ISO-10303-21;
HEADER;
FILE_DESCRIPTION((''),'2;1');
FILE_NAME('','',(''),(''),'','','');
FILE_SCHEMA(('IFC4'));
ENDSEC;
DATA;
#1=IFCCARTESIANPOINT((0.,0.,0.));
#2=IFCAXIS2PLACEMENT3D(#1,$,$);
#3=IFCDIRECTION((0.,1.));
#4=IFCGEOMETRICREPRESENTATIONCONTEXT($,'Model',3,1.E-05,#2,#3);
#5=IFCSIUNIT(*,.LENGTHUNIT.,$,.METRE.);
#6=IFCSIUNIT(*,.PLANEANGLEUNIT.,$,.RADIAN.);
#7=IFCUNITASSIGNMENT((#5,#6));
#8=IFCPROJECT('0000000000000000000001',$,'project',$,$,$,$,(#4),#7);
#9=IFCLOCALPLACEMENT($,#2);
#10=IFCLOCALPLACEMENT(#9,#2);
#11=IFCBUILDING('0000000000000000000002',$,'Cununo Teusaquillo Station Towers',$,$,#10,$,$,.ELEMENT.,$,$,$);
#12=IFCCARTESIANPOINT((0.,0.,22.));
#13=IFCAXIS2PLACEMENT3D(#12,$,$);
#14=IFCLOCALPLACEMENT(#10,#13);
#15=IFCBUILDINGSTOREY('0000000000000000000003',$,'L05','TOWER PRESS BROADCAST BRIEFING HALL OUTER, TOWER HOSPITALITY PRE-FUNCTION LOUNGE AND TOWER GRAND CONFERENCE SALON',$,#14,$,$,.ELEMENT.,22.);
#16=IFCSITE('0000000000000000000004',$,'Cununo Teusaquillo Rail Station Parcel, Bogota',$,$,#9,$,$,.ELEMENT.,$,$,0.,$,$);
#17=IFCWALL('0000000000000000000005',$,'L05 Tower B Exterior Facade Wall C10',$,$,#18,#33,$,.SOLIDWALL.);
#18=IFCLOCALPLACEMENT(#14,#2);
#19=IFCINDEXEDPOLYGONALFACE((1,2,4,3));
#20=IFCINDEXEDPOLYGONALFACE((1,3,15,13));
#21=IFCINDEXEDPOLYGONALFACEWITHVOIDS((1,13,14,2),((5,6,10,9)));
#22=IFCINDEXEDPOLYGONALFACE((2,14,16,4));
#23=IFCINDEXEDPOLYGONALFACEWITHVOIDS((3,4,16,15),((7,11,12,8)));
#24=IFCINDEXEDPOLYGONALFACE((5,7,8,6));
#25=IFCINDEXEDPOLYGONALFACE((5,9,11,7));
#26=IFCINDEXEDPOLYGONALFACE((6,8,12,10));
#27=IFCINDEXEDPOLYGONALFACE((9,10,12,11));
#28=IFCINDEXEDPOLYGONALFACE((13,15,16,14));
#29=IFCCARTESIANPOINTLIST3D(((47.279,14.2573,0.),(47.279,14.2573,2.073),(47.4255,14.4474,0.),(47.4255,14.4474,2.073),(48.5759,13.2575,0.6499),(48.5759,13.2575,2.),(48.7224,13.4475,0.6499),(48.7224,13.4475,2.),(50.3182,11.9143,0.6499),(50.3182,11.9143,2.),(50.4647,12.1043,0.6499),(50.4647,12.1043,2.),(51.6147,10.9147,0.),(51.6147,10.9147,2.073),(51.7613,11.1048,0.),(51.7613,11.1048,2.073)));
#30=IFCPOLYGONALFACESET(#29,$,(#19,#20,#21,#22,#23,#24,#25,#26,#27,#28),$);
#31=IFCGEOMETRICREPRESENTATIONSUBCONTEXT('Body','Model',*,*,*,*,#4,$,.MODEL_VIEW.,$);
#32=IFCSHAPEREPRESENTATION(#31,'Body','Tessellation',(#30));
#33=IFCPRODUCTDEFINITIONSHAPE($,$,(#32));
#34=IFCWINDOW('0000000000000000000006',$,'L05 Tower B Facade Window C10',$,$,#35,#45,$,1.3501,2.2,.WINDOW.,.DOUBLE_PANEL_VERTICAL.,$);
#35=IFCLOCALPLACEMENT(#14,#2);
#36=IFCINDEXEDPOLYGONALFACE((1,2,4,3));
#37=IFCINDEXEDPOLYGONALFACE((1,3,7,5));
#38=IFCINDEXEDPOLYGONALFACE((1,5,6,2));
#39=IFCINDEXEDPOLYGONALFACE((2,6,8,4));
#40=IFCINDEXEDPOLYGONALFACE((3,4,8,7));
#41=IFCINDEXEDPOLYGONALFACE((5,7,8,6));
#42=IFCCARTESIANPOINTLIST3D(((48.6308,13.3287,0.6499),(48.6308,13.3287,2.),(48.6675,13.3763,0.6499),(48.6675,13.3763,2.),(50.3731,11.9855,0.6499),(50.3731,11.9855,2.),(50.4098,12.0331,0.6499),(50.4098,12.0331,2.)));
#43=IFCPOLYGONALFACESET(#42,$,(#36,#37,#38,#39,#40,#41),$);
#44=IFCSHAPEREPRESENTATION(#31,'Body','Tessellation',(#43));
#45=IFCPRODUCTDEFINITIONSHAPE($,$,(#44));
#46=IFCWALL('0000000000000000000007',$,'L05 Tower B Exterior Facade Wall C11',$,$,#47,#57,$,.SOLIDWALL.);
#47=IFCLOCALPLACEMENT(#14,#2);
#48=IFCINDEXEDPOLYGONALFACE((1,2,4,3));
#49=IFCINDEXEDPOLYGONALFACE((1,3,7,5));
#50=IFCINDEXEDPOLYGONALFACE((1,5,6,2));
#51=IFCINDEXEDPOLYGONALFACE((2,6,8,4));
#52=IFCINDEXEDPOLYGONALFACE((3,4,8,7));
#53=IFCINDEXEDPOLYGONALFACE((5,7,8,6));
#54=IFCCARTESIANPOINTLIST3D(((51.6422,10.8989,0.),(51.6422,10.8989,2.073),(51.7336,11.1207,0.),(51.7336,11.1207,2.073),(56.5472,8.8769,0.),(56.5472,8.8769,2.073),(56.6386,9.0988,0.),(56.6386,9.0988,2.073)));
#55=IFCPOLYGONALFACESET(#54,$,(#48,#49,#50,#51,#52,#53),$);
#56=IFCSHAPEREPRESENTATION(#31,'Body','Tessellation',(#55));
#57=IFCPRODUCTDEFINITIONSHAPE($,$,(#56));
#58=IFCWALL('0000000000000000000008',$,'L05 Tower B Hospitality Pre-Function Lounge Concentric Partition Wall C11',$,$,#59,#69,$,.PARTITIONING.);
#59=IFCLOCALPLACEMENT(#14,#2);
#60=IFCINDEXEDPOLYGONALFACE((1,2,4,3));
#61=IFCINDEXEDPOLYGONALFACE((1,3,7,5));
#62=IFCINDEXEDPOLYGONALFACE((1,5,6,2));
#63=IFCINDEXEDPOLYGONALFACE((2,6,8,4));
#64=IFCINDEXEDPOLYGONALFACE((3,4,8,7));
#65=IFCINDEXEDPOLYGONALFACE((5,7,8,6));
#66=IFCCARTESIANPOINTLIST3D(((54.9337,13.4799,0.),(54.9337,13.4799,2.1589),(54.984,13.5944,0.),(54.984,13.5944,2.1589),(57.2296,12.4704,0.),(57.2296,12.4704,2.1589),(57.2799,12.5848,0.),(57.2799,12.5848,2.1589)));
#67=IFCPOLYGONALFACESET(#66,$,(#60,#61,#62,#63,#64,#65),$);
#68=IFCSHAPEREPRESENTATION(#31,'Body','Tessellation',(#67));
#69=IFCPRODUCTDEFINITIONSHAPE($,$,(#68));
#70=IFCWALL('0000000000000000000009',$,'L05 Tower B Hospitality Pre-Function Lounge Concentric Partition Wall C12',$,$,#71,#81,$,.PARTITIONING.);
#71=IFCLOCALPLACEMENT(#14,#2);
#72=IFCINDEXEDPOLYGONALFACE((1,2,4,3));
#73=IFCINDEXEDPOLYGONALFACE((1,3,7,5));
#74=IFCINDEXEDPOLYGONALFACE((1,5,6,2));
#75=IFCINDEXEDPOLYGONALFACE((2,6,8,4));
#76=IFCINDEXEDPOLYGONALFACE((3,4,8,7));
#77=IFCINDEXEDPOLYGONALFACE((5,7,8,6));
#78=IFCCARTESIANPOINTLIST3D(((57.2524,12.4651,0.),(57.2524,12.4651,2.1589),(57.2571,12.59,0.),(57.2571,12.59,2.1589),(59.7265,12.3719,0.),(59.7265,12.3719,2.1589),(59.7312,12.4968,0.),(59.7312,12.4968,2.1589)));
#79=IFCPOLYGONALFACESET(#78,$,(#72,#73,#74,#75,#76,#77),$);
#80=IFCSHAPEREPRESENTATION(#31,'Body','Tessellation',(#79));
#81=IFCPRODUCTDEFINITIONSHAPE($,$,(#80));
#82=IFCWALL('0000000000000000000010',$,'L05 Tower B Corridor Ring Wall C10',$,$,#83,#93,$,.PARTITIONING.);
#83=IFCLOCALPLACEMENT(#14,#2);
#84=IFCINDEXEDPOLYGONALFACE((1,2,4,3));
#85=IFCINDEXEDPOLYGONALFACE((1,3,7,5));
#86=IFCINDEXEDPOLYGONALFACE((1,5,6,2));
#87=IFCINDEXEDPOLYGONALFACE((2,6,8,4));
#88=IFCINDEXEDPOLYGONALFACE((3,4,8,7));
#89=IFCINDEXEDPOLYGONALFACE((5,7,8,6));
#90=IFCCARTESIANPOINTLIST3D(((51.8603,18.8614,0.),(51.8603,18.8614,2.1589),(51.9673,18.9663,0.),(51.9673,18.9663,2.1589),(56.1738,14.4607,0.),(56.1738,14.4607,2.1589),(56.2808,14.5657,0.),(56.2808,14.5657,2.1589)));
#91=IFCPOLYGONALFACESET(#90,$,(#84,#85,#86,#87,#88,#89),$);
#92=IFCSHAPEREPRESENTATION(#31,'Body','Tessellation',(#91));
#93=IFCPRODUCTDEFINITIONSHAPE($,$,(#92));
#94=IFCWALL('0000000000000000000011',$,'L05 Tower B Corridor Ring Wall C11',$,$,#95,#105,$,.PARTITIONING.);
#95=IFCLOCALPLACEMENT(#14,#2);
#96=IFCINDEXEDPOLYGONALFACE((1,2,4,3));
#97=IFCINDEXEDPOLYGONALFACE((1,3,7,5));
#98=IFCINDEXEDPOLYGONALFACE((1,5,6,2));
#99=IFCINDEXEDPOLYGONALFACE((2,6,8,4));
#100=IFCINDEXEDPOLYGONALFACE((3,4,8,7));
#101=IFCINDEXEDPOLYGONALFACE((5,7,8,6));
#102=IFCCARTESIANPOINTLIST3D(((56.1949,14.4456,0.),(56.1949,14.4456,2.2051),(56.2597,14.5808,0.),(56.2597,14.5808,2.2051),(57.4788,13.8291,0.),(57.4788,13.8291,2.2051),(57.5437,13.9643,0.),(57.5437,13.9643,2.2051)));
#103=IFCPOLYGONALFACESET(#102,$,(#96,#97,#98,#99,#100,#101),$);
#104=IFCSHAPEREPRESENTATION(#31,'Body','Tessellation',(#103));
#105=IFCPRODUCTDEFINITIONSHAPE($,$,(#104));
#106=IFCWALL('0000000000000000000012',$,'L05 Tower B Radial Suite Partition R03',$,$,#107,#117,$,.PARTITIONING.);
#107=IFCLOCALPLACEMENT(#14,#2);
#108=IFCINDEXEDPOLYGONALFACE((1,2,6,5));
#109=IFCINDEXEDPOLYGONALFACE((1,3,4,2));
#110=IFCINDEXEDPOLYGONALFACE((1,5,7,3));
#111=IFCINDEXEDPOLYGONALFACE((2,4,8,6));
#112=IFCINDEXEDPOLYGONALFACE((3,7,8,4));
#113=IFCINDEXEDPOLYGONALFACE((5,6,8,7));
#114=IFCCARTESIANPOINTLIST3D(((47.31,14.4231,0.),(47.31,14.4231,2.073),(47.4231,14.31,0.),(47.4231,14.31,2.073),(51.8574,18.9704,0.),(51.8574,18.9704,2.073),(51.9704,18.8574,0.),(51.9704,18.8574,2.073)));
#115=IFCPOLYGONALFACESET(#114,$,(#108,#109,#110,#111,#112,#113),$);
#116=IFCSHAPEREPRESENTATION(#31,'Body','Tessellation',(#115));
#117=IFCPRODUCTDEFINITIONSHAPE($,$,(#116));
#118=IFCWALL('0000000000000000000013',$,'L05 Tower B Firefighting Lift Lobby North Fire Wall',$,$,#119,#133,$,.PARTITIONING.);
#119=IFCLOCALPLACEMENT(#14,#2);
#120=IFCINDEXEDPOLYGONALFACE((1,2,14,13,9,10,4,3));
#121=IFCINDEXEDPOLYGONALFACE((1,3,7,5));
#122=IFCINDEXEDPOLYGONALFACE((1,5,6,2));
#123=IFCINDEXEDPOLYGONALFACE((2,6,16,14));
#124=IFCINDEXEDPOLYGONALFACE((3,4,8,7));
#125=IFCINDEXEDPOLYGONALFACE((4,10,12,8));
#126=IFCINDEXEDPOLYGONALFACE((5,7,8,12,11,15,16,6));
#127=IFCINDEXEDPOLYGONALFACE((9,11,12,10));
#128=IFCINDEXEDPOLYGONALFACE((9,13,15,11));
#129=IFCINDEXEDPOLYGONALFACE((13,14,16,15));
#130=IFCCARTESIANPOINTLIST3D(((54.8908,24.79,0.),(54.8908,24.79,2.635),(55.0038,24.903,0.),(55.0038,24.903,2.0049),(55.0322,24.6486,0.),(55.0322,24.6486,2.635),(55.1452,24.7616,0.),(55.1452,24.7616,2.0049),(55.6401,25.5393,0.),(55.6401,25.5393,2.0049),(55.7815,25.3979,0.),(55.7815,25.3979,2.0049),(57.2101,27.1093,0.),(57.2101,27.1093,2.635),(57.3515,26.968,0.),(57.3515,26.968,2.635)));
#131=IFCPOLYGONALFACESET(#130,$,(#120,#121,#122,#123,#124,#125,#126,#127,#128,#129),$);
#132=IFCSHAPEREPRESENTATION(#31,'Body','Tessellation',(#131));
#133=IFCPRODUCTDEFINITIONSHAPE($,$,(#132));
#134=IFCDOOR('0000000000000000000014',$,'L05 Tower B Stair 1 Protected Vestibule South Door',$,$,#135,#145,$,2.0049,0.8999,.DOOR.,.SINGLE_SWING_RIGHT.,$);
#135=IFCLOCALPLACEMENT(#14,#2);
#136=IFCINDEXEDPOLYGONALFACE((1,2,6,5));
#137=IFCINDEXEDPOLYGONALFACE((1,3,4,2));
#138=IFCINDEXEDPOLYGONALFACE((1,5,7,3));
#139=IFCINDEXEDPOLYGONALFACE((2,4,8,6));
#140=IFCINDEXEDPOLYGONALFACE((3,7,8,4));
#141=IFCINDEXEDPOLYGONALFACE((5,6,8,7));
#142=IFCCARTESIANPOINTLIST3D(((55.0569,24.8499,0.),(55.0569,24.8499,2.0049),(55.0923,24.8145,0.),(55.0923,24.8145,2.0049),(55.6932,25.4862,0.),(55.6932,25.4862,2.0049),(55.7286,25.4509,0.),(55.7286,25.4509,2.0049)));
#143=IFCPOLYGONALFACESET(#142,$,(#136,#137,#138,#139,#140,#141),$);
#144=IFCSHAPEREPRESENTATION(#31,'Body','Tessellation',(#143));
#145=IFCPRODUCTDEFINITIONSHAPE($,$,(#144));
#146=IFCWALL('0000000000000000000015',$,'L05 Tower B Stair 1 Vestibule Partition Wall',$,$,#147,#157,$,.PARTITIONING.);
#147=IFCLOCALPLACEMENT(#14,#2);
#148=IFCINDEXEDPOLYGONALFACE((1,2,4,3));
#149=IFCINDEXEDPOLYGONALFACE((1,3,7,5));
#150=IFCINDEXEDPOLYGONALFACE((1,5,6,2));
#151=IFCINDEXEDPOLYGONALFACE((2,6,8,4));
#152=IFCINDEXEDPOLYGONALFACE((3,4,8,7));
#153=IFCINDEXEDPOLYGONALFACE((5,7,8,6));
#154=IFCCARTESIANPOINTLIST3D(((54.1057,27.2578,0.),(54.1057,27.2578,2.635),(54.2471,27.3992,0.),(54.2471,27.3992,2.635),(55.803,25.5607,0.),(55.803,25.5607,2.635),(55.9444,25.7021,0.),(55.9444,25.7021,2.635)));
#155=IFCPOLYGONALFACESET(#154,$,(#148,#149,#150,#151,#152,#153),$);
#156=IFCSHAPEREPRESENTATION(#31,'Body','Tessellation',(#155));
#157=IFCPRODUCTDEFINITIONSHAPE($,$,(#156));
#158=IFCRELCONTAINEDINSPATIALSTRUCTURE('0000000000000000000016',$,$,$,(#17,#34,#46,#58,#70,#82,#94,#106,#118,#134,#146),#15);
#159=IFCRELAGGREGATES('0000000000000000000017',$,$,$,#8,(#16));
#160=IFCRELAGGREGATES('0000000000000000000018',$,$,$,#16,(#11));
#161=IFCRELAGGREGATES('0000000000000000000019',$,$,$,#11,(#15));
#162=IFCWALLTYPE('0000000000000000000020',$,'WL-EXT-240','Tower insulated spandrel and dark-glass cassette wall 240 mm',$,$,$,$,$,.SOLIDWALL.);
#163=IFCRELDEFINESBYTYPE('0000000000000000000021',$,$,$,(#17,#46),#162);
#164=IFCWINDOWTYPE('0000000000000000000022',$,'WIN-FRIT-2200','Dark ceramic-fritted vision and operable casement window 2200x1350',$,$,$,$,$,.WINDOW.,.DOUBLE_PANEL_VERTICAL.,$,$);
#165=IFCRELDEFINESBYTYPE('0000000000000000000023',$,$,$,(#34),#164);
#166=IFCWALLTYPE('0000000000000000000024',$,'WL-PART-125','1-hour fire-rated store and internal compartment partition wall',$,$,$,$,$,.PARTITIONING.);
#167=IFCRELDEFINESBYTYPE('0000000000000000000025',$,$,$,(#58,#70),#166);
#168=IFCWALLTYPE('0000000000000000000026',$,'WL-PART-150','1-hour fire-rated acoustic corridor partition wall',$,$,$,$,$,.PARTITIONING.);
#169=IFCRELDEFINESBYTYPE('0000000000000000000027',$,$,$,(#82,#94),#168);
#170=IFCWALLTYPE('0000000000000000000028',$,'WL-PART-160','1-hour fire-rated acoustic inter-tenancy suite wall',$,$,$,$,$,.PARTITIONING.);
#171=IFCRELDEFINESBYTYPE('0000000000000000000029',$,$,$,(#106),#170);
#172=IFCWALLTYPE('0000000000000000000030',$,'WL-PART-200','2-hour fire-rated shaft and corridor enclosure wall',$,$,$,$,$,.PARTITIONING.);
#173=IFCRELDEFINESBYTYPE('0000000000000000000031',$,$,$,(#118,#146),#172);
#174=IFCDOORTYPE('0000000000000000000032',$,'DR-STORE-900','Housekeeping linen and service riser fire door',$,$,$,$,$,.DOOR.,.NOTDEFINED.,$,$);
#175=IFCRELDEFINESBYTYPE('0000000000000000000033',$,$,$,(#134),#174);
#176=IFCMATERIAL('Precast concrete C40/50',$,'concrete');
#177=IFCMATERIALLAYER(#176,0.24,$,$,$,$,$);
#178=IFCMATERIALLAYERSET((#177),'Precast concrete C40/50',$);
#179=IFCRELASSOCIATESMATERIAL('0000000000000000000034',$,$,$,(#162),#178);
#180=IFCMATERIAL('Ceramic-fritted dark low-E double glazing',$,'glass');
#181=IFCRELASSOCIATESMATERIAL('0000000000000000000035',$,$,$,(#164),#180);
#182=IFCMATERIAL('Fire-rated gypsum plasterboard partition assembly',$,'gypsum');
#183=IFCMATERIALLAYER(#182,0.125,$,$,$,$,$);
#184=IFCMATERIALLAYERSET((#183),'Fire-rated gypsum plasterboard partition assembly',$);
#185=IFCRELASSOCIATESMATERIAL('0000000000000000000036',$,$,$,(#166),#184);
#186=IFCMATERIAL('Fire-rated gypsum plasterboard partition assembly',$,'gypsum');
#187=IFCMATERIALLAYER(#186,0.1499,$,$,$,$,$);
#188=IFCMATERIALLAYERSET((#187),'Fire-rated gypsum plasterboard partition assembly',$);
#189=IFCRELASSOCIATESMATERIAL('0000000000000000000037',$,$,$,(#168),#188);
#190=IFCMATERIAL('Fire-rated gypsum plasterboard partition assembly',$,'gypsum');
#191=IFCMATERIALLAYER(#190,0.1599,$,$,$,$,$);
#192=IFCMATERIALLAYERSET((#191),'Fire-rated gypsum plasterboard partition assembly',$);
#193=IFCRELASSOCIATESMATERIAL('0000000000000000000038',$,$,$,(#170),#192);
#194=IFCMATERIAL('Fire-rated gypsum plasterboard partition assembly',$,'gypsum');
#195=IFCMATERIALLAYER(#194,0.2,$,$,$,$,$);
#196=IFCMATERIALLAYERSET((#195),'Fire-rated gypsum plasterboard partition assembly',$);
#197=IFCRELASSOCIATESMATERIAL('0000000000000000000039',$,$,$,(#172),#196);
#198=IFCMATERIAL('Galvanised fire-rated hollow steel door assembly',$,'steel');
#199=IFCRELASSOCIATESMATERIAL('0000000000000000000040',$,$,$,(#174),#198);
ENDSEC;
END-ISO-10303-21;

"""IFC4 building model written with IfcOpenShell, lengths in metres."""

from ifc_helpers import new_model, si_unit, direction, frame, frame_2d, origin, place, context, subcontext, project, spatial, rectangle, extrude, source, transform, mapped, material, layer, layer_set, type_object, element, fill, save


model = new_model("IFC4")

# Units and contexts
model_context = context("Model", 3, precision=1e-05, world=origin(), true_north=direction((0.0, 1.0)))
body_context = subcontext(model_context, "Body", "Model", "MODEL_VIEW")
ifc_project = project(units=[si_unit("LENGTHUNIT", "METRE"), si_unit("PLANEANGLEUNIT", "RADIAN")], contexts=[model_context])

# Site, building, storey
site_placement = place(None, origin())
site = spatial("IfcSite", under=ifc_project, at=site_placement, Name="Cununo Teusaquillo Rail Station Parcel, Bogota", CompositionType="ELEMENT", RefElevation=0.0)
building_placement = place(site_placement, origin())
building = spatial("IfcBuilding", under=site, at=building_placement, Name="Cununo Teusaquillo Station Towers", CompositionType="ELEMENT")
storey_placement = place(building_placement, frame((0.0, 0.0, 22.0)))
storey = spatial("IfcBuildingStorey", under=building, at=storey_placement, Name="L05", Description="TOWER PRESS BROADCAST BRIEFING HALL OUTER, TOWER HOSPITALITY PRE-FUNCTION LOUNGE AND TOWER GRAND CONFERENCE SALON", CompositionType="ELEMENT", Elevation=22.0)

# Wall, opening, window
ifc_material_1 = material(Name="Precast concrete C40/50", Category="concrete")
ifc_layer_1 = layer(ifc_material_1, 0.24)
ifc_layer_set_1 = layer_set([ifc_layer_1], Name="Precast concrete C40/50")
wall_type_1 = type_object("IfcWallType", Name="WL-EXT-240", Description="Tower insulated spandrel and dark-glass cassette wall 240 mm", PredefinedType="SOLIDWALL", material=ifc_layer_set_1)
wall_1_placement = place(storey_placement, frame((51.688, 11.0098, 0.0), z_axis=(0.0, 0.0, 1.0), x_axis=(-0.791972, 0.610557, 0.0)))
wall_1 = element("IfcWall", 1, at=wall_1_placement, inside=storey, type_object=wall_type_1, Name="L05 Tower B Exterior Facade Wall C10", PredefinedType="SOLIDWALL", context=body_context, shape_type="SweptSolid", body=[
    extrude(rectangle(XDim=5.4746, YDim=0.24, at=frame_2d((2.7373, 0.0))), origin(), (0.0, 0.0, 1.0), 2.073),
])
shared_shape_1 = source(origin(), body_context, "Body", "SweptSolid", [
    extrude(rectangle(XDim=2.2, YDim=1.3501, at=frame_2d((1.1001, 0.675))), frame((0.0, 0.1299, 0.0), z_axis=(0.0, -1.0, 0.0), x_axis=(1.0, 0.0, 0.0)), (0.0, 0.0, 1.0), 0.26),
])
opening_1_placement = place(wall_1_placement, frame((1.637, 0.0, 0.6499)))
opening_1 = element("IfcOpeningElement", 2, at=opening_1_placement, cuts=wall_1, PredefinedType="OPENING", context=body_context, shape_type="MappedRepresentation", body=[
    mapped(shared_shape_1, transform((0.0, 0.0, 0.0), x_axis=(1.0, 0.0, 0.0), y_axis=(0.0, 1.0, 0.0), z_axis=(0.0, 0.0, 1.0), scale=1.0)),
])
ifc_material_2 = material(Name="Ceramic-fritted dark low-E double glazing", Category="glass")
window_type = type_object("IfcWindowType", Name="WIN-FRIT-2200", Description="Dark ceramic-fritted vision and operable casement window 2200x1350", PartitioningType="DOUBLE_PANEL_VERTICAL", PredefinedType="WINDOW", material=ifc_material_2)
shared_shape_2 = source(origin(), body_context, "Body", "SweptSolid", [
    extrude(rectangle(XDim=2.2, YDim=1.3501, at=frame_2d((1.1001, 0.675))), frame((0.0, 0.03, 0.0), z_axis=(0.0, -1.0, 0.0), x_axis=(1.0, 0.0, 0.0)), (0.0, 0.0, 1.0), 0.0601),
])
window_placement = place(opening_1_placement, origin())
window = element("IfcWindow", 3, at=window_placement, inside=storey, type_object=window_type, Name="L05 Tower B Facade Window C10", OverallHeight=1.3501, OverallWidth=2.2, PartitioningType="DOUBLE_PANEL_VERTICAL", PredefinedType="WINDOW", context=body_context, shape_type="MappedRepresentation", body=[
    mapped(shared_shape_2, transform((0.0, 0.0, 0.0), x_axis=(1.0, 0.0, 0.0), y_axis=(0.0, 1.0, 0.0), z_axis=(0.0, 0.0, 1.0), scale=1.0)),
])
fill(opening_1, window)

# Walls
wall_2_placement = place(storey_placement, frame((56.593, 8.9878, 0.0), z_axis=(0.0, 0.0, 1.0), x_axis=(-0.924528, 0.381113, 0.0)))
element("IfcWall", 4, at=wall_2_placement, inside=storey, type_object=wall_type_1, Name="L05 Tower B Exterior Facade Wall C11", PredefinedType="SOLIDWALL", context=body_context, shape_type="SweptSolid", body=[
    extrude(rectangle(XDim=5.3054, YDim=0.24, at=frame_2d((2.6528, 0.0))), origin(), (0.0, 0.0, 1.0), 2.073),
])
ifc_material_3 = material(Name="Fire-rated gypsum plasterboard partition assembly", Category="gypsum")
ifc_layer_2 = layer(ifc_material_3, 0.125)
ifc_layer_set_2 = layer_set([ifc_layer_2], Name="Fire-rated gypsum plasterboard partition assembly")
wall_type_2 = type_object("IfcWallType", Name="WL-PART-125", Description="1-hour fire-rated store and internal compartment partition wall", PredefinedType="PARTITIONING", material=ifc_layer_set_2)
wall_3_placement = place(storey_placement, frame((54.959, 13.5371, 0.0), z_axis=(0.0, 0.0, 1.0), x_axis=(0.915414, -0.402514, 0.0)))
element("IfcWall", 5, at=wall_3_placement, inside=storey, type_object=wall_type_2, Name="L05 Tower B Hospitality Pre-Function Lounge Concentric Partition Wall C11", PredefinedType="PARTITIONING", context=body_context, shape_type="SweptSolid", body=[
    extrude(rectangle(XDim=2.5081, YDim=0.125, at=frame_2d((1.2539, 0.0))), origin(), (0.0, 0.0, 1.0), 2.1589),
])
wall_4_placement = place(storey_placement, frame((57.2549, 12.5276, 0.0), z_axis=(0.0, 0.0, 1.0), x_axis=(0.99929, -0.037668, 0.0)))
element("IfcWall", 6, at=wall_4_placement, inside=storey, type_object=wall_type_2, Name="L05 Tower B Hospitality Pre-Function Lounge Concentric Partition Wall C12", PredefinedType="PARTITIONING", context=body_context, shape_type="SweptSolid", body=[
    extrude(rectangle(XDim=2.4758, YDim=0.125, at=frame_2d((1.2378, 0.0))), origin(), (0.0, 0.0, 1.0), 2.1589),
])
ifc_material_4 = material(Name="Fire-rated gypsum plasterboard partition assembly", Category="gypsum")
ifc_layer_3 = layer(ifc_material_4, 0.1499)
ifc_layer_set_3 = layer_set([ifc_layer_3], Name="Fire-rated gypsum plasterboard partition assembly")
wall_type_3 = type_object("IfcWallType", Name="WL-PART-150", Description="1-hour fire-rated acoustic corridor partition wall", PredefinedType="PARTITIONING", material=ifc_layer_set_3)
wall_5_placement = place(storey_placement, frame((51.9138, 18.9138, 0.0), z_axis=(0.0, 0.0, 1.0), x_axis=(0.699999, -0.714144, 0.0)))
element("IfcWall", 7, at=wall_5_placement, inside=storey, type_object=wall_type_3, Name="L05 Tower B Corridor Ring Wall C10", PredefinedType="PARTITIONING", context=body_context, shape_type="SweptSolid", body=[
    extrude(rectangle(XDim=6.1621, YDim=0.1499, at=frame_2d((3.0811, 0.0))), origin(), (0.0, 0.0, 1.0), 2.1589),
])
wall_6_placement = place(storey_placement, frame((56.2273, 14.5132, 0.0), z_axis=(0.0, 0.0, 1.0), x_axis=(0.901478, -0.432826, 0.0)))
element("IfcWall", 8, at=wall_6_placement, inside=storey, type_object=wall_type_3, Name="L05 Tower B Corridor Ring Wall C11", PredefinedType="PARTITIONING", context=body_context, shape_type="SweptSolid", body=[
    extrude(rectangle(XDim=1.4243, YDim=0.1499, at=frame_2d((0.7122, 0.0))), origin(), (0.0, 0.0, 1.0), 2.2051),
])
ifc_material_5 = material(Name="Fire-rated gypsum plasterboard partition assembly", Category="gypsum")
ifc_layer_4 = layer(ifc_material_5, 0.1599)
ifc_layer_set_4 = layer_set([ifc_layer_4], Name="Fire-rated gypsum plasterboard partition assembly")
wall_type_4 = type_object("IfcWallType", Name="WL-PART-160", Description="1-hour fire-rated acoustic inter-tenancy suite wall", PredefinedType="PARTITIONING", material=ifc_layer_set_4)
wall_7_placement = place(storey_placement, frame((51.9138, 18.9138, 0.0), z_axis=(0.0, 0.0, 1.0), x_axis=(-0.707107, -0.707107, 0.0)))
element("IfcWall", 9, at=wall_7_placement, inside=storey, type_object=wall_type_4, Name="L05 Tower B Radial Suite Partition R03", PredefinedType="PARTITIONING", context=body_context, shape_type="SweptSolid", body=[
    extrude(rectangle(XDim=6.4309, YDim=0.1599, at=frame_2d((3.2153, 0.0))), origin(), (0.0, 0.0, 1.0), 2.073),
])

# Wall, opening, door
ifc_material_6 = material(Name="Fire-rated gypsum plasterboard partition assembly", Category="gypsum")
ifc_layer_5 = layer(ifc_material_6, 0.2)
ifc_layer_set_5 = layer_set([ifc_layer_5], Name="Fire-rated gypsum plasterboard partition assembly")
wall_type_5 = type_object("IfcWallType", Name="WL-PART-200", Description="2-hour fire-rated shaft and corridor enclosure wall", PredefinedType="PARTITIONING", material=ifc_layer_set_5)
wall_8_placement = place(storey_placement, frame((54.9614, 24.7192, 0.0), z_axis=(0.0, 0.0, 1.0), x_axis=(0.707107, 0.707107, 0.0)))
wall_8 = element("IfcWall", 10, at=wall_8_placement, inside=storey, type_object=wall_type_5, Name="L05 Tower B Firefighting Lift Lobby North Fire Wall", PredefinedType="PARTITIONING", context=body_context, shape_type="SweptSolid", body=[
    extrude(rectangle(XDim=3.28, YDim=0.2, at=frame_2d((1.6401, 0.0))), origin(), (0.0, 0.0, 1.0), 2.635),
])
shared_shape_3 = source(origin(), body_context, "Body", "SweptSolid", [
    extrude(rectangle(XDim=0.8999, YDim=2.0049, at=frame_2d((0.45, 1.0024))), frame((0.0, 0.1099, 0.0), z_axis=(0.0, -1.0, 0.0), x_axis=(1.0, 0.0, 0.0)), (0.0, 0.0, 1.0), 0.22),
])
opening_2_placement = place(wall_8_placement, frame((0.1599, 0.0, 0.0)))
opening_2 = element("IfcOpeningElement", 11, at=opening_2_placement, cuts=wall_8, PredefinedType="OPENING", context=body_context, shape_type="MappedRepresentation", body=[
    mapped(shared_shape_3, transform((0.0, 0.0, 0.0), x_axis=(1.0, 0.0, 0.0), y_axis=(0.0, 1.0, 0.0), z_axis=(0.0, 0.0, 1.0), scale=1.0)),
])
ifc_material_7 = material(Name="Galvanised fire-rated hollow steel door assembly", Category="steel")
door_type = type_object("IfcDoorType", Name="DR-STORE-900", Description="Housekeeping linen and service riser fire door", OperationType="NOTDEFINED", PredefinedType="DOOR", material=ifc_material_7)
shared_shape_4 = source(origin(), body_context, "Body", "SweptSolid", [
    extrude(rectangle(XDim=0.8999, YDim=2.0049, at=frame_2d((0.45, 1.0024))), frame((0.0, 0.0249, 0.0), z_axis=(0.0, -1.0, 0.0), x_axis=(1.0, 0.0, 0.0)), (0.0, 0.0, 1.0), 0.05),
])
door_placement = place(opening_2_placement, origin())
door = element("IfcDoor", 12, at=door_placement, inside=storey, type_object=door_type, Name="L05 Tower B Stair 1 Protected Vestibule South Door", OperationType="SINGLE_SWING_RIGHT", OverallHeight=2.0049, OverallWidth=0.8999, PredefinedType="DOOR", context=body_context, shape_type="MappedRepresentation", body=[
    mapped(shared_shape_4, transform((0.0, 0.0, 0.0), x_axis=(1.0, 0.0, 0.0), y_axis=(0.0, 1.0, 0.0), z_axis=(0.0, 0.0, 1.0), scale=1.0)),
])
fill(opening_2, door)

# Wall
wall_9_placement = place(storey_placement, frame((55.8738, 25.6313, 0.0), z_axis=(0.0, 0.0, 1.0), x_axis=(-0.707158, 0.707056, 0.0)))
element("IfcWall", 13, at=wall_9_placement, inside=storey, type_object=wall_type_5, Name="L05 Tower B Stair 1 Vestibule Partition Wall", PredefinedType="PARTITIONING", context=body_context, shape_type="SweptSolid", body=[
    extrude(rectangle(XDim=2.4001, YDim=0.2, at=frame_2d((1.2002, 0.0))), origin(), (0.0, 0.0, 1.0), 2.635),
])

save(model, "model.ifc")
